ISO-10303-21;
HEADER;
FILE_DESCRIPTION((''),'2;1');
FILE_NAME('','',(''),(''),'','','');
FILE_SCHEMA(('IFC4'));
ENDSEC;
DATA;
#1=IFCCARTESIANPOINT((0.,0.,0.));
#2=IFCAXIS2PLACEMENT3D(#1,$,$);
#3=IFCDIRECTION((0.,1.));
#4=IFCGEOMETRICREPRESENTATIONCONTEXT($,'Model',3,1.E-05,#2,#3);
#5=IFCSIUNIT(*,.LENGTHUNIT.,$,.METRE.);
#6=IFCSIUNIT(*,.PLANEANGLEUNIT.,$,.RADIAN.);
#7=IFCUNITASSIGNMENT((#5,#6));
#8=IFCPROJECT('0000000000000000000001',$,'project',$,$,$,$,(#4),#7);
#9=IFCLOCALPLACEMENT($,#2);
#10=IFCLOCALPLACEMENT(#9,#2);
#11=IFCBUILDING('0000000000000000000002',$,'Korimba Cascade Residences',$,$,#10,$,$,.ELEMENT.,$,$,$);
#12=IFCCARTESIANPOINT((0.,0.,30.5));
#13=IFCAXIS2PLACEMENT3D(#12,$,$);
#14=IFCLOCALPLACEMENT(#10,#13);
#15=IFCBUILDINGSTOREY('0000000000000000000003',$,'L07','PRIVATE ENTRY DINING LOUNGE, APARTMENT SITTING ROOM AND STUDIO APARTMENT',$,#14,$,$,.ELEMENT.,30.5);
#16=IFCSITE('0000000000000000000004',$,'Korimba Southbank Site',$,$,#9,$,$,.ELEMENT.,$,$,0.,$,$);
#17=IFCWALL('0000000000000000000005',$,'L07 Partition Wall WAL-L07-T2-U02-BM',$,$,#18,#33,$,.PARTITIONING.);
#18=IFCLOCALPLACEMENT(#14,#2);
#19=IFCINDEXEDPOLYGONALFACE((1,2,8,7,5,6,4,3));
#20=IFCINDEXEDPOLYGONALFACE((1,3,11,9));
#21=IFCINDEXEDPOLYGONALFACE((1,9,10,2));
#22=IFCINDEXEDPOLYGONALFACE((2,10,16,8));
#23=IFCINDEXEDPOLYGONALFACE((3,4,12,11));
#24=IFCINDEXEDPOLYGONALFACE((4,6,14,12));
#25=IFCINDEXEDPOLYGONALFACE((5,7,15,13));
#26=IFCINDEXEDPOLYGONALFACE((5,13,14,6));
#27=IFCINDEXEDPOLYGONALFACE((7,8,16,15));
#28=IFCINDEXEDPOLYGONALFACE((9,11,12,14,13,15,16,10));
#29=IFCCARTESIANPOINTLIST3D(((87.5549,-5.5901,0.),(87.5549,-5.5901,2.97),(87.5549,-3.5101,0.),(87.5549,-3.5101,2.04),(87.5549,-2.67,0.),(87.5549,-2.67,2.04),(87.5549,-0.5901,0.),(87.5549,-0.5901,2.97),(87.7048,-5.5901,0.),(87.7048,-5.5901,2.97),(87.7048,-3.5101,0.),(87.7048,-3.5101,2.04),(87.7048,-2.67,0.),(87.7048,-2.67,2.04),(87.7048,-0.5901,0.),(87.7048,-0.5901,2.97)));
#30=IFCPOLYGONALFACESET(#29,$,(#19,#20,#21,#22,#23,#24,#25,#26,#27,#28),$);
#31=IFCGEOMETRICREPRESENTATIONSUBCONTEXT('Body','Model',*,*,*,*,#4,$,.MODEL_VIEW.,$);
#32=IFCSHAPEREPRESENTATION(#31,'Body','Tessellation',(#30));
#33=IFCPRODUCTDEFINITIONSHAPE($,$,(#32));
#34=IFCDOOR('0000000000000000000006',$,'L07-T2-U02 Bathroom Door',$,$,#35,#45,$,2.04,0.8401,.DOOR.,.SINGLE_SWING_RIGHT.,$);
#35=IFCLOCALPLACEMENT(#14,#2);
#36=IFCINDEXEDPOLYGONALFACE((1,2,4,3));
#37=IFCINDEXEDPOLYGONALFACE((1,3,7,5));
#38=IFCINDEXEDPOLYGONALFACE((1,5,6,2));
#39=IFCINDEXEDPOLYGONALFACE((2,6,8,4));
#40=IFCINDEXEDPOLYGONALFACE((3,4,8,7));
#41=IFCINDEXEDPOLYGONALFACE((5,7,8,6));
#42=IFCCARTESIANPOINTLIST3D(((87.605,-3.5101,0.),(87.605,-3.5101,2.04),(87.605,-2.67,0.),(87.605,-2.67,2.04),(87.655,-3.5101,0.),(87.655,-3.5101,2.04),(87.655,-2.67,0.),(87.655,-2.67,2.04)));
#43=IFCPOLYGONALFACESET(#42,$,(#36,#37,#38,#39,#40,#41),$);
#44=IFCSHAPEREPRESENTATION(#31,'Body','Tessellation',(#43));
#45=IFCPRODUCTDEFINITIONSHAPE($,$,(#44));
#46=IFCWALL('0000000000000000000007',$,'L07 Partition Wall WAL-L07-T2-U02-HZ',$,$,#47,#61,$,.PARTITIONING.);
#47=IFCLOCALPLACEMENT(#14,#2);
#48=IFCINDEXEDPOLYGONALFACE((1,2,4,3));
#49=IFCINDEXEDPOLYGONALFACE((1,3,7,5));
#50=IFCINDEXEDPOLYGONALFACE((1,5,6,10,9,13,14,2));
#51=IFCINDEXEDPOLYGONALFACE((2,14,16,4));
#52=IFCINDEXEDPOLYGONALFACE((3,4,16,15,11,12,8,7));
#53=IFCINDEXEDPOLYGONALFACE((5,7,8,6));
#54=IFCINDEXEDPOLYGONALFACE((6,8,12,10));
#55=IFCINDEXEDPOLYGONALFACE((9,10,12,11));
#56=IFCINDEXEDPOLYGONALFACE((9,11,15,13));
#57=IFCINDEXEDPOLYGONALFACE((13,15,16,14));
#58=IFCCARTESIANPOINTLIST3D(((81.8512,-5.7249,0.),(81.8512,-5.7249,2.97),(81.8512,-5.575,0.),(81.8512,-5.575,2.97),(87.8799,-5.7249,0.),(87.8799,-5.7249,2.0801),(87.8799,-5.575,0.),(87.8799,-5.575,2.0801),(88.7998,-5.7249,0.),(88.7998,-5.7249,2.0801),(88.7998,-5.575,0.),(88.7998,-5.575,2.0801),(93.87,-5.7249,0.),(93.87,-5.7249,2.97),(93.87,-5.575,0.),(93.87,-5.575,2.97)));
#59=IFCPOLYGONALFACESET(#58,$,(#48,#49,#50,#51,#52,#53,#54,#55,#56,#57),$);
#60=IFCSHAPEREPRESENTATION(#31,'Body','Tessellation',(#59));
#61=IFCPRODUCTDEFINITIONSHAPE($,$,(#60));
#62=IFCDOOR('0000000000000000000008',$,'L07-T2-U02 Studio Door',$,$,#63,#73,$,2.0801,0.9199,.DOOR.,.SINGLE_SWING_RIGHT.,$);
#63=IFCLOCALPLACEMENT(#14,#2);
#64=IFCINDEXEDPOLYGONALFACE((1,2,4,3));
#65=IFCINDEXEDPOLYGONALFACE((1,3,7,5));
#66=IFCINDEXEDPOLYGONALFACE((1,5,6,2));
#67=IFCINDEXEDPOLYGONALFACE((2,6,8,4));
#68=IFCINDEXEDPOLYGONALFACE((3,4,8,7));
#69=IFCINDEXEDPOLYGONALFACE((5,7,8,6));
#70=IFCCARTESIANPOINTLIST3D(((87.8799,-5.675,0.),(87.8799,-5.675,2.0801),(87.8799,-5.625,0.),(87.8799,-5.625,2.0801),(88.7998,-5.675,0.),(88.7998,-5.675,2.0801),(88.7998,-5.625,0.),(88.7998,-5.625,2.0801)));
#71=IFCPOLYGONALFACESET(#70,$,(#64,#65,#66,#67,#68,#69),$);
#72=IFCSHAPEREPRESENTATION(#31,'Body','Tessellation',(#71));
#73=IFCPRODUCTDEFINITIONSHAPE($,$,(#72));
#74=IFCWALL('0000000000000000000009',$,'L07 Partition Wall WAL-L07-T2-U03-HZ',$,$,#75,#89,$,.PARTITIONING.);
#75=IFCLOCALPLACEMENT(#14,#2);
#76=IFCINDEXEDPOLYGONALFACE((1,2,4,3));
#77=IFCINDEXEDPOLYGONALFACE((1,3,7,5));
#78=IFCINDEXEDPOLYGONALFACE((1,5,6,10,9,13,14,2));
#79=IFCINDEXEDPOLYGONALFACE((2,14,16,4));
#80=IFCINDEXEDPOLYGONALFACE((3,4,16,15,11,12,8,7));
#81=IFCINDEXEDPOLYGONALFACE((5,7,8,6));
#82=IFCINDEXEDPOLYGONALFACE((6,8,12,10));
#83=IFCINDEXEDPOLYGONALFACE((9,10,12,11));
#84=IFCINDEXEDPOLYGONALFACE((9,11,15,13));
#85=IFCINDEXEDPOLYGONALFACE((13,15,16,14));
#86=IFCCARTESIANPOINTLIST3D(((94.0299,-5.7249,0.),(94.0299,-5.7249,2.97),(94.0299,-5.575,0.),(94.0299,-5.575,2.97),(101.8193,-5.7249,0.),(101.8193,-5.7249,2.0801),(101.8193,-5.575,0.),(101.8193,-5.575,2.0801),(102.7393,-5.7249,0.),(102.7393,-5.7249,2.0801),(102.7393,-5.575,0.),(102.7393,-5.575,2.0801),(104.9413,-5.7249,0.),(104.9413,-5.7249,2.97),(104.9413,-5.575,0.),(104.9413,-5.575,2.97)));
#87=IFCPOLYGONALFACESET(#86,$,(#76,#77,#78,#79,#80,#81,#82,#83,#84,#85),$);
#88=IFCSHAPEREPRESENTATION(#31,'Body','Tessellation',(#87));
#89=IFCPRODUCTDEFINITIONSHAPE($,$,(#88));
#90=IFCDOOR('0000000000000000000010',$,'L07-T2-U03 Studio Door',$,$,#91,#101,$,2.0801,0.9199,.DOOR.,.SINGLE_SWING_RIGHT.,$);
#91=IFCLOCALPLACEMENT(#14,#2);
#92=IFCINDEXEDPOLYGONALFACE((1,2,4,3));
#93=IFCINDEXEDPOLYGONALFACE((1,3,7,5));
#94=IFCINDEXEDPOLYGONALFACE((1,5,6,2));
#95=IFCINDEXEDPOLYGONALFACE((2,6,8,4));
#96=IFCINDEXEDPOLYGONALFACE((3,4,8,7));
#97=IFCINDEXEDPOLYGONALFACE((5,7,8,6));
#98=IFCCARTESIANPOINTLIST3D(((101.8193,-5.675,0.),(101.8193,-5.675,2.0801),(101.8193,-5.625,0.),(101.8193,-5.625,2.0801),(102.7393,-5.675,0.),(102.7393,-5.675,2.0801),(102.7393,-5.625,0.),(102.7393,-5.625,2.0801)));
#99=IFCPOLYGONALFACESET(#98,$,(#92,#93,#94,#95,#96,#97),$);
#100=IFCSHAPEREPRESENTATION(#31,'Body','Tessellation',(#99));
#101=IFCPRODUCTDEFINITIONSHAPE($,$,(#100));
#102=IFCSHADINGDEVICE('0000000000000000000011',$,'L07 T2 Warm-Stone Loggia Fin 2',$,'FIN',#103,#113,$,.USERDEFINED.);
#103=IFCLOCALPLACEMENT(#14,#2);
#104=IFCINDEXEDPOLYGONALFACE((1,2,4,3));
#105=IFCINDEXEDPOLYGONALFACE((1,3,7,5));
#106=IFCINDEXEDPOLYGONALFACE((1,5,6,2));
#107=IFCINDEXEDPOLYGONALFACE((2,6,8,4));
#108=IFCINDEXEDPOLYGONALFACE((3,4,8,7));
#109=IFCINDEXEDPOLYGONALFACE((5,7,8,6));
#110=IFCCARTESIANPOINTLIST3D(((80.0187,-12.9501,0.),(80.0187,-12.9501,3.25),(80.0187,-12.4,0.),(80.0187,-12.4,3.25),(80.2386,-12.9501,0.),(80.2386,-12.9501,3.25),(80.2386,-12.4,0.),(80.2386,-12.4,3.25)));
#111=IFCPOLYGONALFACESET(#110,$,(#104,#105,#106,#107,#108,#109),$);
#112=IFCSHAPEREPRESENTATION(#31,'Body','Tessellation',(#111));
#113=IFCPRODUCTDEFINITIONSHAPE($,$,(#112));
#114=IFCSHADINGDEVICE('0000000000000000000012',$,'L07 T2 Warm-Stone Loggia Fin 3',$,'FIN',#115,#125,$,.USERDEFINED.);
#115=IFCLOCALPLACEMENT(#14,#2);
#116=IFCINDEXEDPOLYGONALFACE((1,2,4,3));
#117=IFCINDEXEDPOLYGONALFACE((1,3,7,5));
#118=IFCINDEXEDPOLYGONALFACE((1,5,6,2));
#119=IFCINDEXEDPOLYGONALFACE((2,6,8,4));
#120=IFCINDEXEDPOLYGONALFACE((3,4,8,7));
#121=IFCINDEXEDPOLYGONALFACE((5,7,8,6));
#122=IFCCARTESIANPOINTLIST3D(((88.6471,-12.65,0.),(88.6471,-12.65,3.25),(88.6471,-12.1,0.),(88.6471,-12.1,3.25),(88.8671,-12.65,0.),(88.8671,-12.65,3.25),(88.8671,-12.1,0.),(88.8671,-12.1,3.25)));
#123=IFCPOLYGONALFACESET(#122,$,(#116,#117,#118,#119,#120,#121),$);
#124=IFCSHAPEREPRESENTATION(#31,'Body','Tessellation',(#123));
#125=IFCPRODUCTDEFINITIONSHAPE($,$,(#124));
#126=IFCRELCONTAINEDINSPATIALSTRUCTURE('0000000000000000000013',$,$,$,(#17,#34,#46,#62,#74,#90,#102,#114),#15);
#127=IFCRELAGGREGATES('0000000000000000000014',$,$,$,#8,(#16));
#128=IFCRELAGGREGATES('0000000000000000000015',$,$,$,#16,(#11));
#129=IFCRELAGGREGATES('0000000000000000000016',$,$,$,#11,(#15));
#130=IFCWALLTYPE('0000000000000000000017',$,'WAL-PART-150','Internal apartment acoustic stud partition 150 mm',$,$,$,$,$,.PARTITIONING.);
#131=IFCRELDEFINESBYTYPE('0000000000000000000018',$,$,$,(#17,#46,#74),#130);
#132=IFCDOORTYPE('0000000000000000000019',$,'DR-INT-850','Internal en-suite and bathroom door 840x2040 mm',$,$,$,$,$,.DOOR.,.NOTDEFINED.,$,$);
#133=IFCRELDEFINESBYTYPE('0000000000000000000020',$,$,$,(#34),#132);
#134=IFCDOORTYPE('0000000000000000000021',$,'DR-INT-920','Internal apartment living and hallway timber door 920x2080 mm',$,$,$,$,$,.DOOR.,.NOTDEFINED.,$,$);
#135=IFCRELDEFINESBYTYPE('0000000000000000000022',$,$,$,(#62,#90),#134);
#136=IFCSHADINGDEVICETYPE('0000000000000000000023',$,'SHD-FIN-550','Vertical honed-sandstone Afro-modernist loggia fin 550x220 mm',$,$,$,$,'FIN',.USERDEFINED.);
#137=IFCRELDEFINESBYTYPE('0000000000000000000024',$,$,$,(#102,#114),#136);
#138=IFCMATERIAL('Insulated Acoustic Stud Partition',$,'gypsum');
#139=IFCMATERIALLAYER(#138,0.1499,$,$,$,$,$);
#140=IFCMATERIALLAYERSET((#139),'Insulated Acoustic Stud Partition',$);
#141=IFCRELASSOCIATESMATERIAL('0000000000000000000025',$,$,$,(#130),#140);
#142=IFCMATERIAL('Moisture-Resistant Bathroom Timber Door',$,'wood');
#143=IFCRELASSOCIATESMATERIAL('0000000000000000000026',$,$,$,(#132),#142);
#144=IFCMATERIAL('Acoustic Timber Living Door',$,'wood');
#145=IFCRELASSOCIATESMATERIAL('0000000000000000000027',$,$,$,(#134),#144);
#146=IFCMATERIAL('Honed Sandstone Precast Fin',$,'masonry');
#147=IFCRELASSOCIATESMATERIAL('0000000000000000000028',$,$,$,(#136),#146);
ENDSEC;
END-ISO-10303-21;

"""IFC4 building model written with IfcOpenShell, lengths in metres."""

from ifc_helpers import new_model, si_unit, direction, frame, frame_2d, origin, origin_2d, place, context, subcontext, project, spatial, rectangle, extrude, material, layer, layer_set, type_object, element, fill, save


model = new_model("IFC4")

# Units and contexts
model_context = context("Model", 3, precision=1e-05, world=origin(), true_north=direction((0.0, 1.0)))
body_context = subcontext(model_context, "Body", "Model", "MODEL_VIEW")
ifc_project = project(units=[si_unit("LENGTHUNIT", "METRE"), si_unit("PLANEANGLEUNIT", "RADIAN")], contexts=[model_context])

# Site, building, storey
site_placement = place(None, origin())
site = spatial("IfcSite", under=ifc_project, at=site_placement, Name="Korimba Southbank Site", CompositionType="ELEMENT", RefElevation=0.0)
building_placement = place(site_placement, origin())
building = spatial("IfcBuilding", under=site, at=building_placement, Name="Korimba Cascade Residences", CompositionType="ELEMENT")
storey_placement = place(building_placement, frame((0.0, 0.0, 30.5)))
storey = spatial("IfcBuildingStorey", under=building, at=storey_placement, Name="L07", Description="PRIVATE ENTRY DINING LOUNGE, APARTMENT SITTING ROOM AND STUDIO APARTMENT", CompositionType="ELEMENT", Elevation=30.5)

# Walls, openings, doors
ifc_material_1 = material(Name="Insulated Acoustic Stud Partition", Category="gypsum")
ifc_layer_1 = layer(ifc_material_1, 0.1499)
ifc_layer_set_1 = layer_set([ifc_layer_1], Name="Insulated Acoustic Stud Partition")
wall_type_1 = type_object("IfcWallType", Name="WAL-PART-150", Description="Internal apartment acoustic stud partition 150 mm", PredefinedType="PARTITIONING", material=ifc_layer_set_1)
ifc_material_2 = material(Name="Moisture-Resistant Bathroom Timber Door", Category="wood")
door_type_1 = type_object("IfcDoorType", Name="DR-INT-850", Description="Internal en-suite and bathroom door 840x2040 mm", OperationType="NOTDEFINED", PredefinedType="DOOR", material=ifc_material_2)
wall_1_placement = place(storey_placement, frame((87.6299, -5.5901, 0.0), z_axis=(0.0, 0.0, 1.0), x_axis=(0.0, 1.0, 0.0)))
wall_1 = element("IfcWall", 1, at=wall_1_placement, inside=storey, type_object=wall_type_1, Name="L07 Partition Wall WAL-L07-T2-U02-BM", PredefinedType="PARTITIONING", context=body_context, shape_type="SweptSolid", body=[
    extrude(rectangle(XDim=5.0, YDim=0.1499, at=frame_2d((2.5, 0.0))), origin(), (0.0, 0.0, 1.0), 2.97),
])
opening_1_placement = place(wall_1_placement, frame((2.0801, 0.0, 0.0)))
opening_1 = element("IfcOpeningElement", 2, at=opening_1_placement, cuts=wall_1, PredefinedType="OPENING", context=body_context, shape_type="SweptSolid", body=[
    extrude(rectangle(XDim=0.8401, YDim=2.04, at=frame_2d((0.4199, 1.02))), frame((0.0, 0.085, 0.0), z_axis=(0.0, -1.0, 0.0), x_axis=(1.0, 0.0, 0.0)), (0.0, 0.0, 1.0), 0.1699),
])
door_1_placement = place(opening_1_placement, origin())
door_1 = element("IfcDoor", 3, at=door_1_placement, inside=storey, type_object=door_type_1, Name="L07-T2-U02 Bathroom Door", OperationType="SINGLE_SWING_RIGHT", OverallHeight=2.04, OverallWidth=0.8401, PredefinedType="DOOR", context=body_context, shape_type="SweptSolid", body=[
    extrude(rectangle(XDim=0.8401, YDim=2.04, at=frame_2d((0.4199, 1.02))), frame((0.0, 0.0249, 0.0), z_axis=(0.0, -1.0, 0.0), x_axis=(1.0, 0.0, 0.0)), (0.0, 0.0, 1.0), 0.05),
])
fill(opening_1, door_1)
wall_2_placement = place(storey_placement, frame((81.8513, -5.6499, 0.0), z_axis=(0.0, 0.0, 1.0), x_axis=(1.0, 0.0, 0.0)))
wall_2 = element("IfcWall", 4, at=wall_2_placement, inside=storey, type_object=wall_type_1, Name="L07 Partition Wall WAL-L07-T2-U02-HZ", PredefinedType="PARTITIONING", context=body_context, shape_type="SweptSolid", body=[
    extrude(rectangle(XDim=12.0188, YDim=0.1499, at=frame_2d((6.0093, 0.0))), origin(), (0.0, 0.0, 1.0), 2.97),
])
opening_2_placement = place(wall_2_placement, frame((6.0286, 0.0, 0.0)))
opening_2 = element("IfcOpeningElement", 5, at=opening_2_placement, cuts=wall_2, PredefinedType="OPENING", context=body_context, shape_type="SweptSolid", body=[
    extrude(rectangle(XDim=0.9199, YDim=2.0801, at=frame_2d((0.46, 1.04))), frame((0.0, 0.085, 0.0), z_axis=(0.0, -1.0, 0.0), x_axis=(1.0, 0.0, 0.0)), (0.0, 0.0, 1.0), 0.1699),
])
ifc_material_3 = material(Name="Acoustic Timber Living Door", Category="wood")
door_type_2 = type_object("IfcDoorType", Name="DR-INT-920", Description="Internal apartment living and hallway timber door 920x2080 mm", OperationType="NOTDEFINED", PredefinedType="DOOR", material=ifc_material_3)
door_2_placement = place(opening_2_placement, origin())
door_2 = element("IfcDoor", 6, at=door_2_placement, inside=storey, type_object=door_type_2, Name="L07-T2-U02 Studio Door", OperationType="SINGLE_SWING_RIGHT", OverallHeight=2.0801, OverallWidth=0.9199, PredefinedType="DOOR", context=body_context, shape_type="SweptSolid", body=[
    extrude(rectangle(XDim=0.9199, YDim=2.0801, at=frame_2d((0.46, 1.04))), frame((0.0, 0.0249, 0.0), z_axis=(0.0, -1.0, 0.0), x_axis=(1.0, 0.0, 0.0)), (0.0, 0.0, 1.0), 0.05),
])
fill(opening_2, door_2)
wall_3_placement = place(storey_placement, frame((94.03, -5.6499, 0.0), z_axis=(0.0, 0.0, 1.0), x_axis=(1.0, 0.0, 0.0)))
wall_3 = element("IfcWall", 7, at=wall_3_placement, inside=storey, type_object=wall_type_1, Name="L07 Partition Wall WAL-L07-T2-U03-HZ", PredefinedType="PARTITIONING", context=body_context, shape_type="SweptSolid", body=[
    extrude(rectangle(XDim=10.9114, YDim=0.1499, at=frame_2d((5.4556, 0.0))), origin(), (0.0, 0.0, 1.0), 2.97),
])
opening_3_placement = place(wall_3_placement, frame((7.7893, 0.0, 0.0)))
opening_3 = element("IfcOpeningElement", 8, at=opening_3_placement, cuts=wall_3, PredefinedType="OPENING", context=body_context, shape_type="SweptSolid", body=[
    extrude(rectangle(XDim=0.9199, YDim=2.0801, at=frame_2d((0.46, 1.04))), frame((0.0, 0.085, 0.0), z_axis=(0.0, -1.0, 0.0), x_axis=(1.0, 0.0, 0.0)), (0.0, 0.0, 1.0), 0.1699),
])
door_3_placement = place(opening_3_placement, origin())
door_3 = element("IfcDoor", 9, at=door_3_placement, inside=storey, type_object=door_type_2, Name="L07-T2-U03 Studio Door", OperationType="SINGLE_SWING_RIGHT", OverallHeight=2.0801, OverallWidth=0.9199, PredefinedType="DOOR", context=body_context, shape_type="SweptSolid", body=[
    extrude(rectangle(XDim=0.9199, YDim=2.0801, at=frame_2d((0.46, 1.04))), frame((0.0, 0.0249, 0.0), z_axis=(0.0, -1.0, 0.0), x_axis=(1.0, 0.0, 0.0)), (0.0, 0.0, 1.0), 0.05),
])
fill(opening_3, door_3)

# Shading devices
ifc_material_4 = material(Name="Honed Sandstone Precast Fin", Category="masonry")
shading_device_type = type_object("IfcShadingDeviceType", Name="SHD-FIN-550", Description="Vertical honed-sandstone Afro-modernist loggia fin 550x220 mm", ElementType="FIN", PredefinedType="USERDEFINED", material=ifc_material_4)
for number, where, z_axis, x_axis, name in (
    (10, (80.1287, -12.675, 0.0), (0.0, 0.0, 1.0), (1.0, 0.0, 0.0), "L07 T2 Warm-Stone Loggia Fin 2"),
    (11, (88.7571, -12.375, 0.0), (0.0, 0.0, 1.0), (1.0, 0.0, 0.0), "L07 T2 Warm-Stone Loggia Fin 3"),
):
    element("IfcShadingDevice", number, at=place(storey_placement, frame(where, z_axis=z_axis, x_axis=x_axis)), inside=storey, type_object=shading_device_type, Name=name, ObjectType="FIN", PredefinedType="USERDEFINED", context=body_context, shape_type="SweptSolid", body=[
        extrude(rectangle(XDim=0.22, YDim=0.55, at=origin_2d()), origin(), (0.0, 0.0, 1.0), 3.25),
    ])

save(model, "model.ifc")
